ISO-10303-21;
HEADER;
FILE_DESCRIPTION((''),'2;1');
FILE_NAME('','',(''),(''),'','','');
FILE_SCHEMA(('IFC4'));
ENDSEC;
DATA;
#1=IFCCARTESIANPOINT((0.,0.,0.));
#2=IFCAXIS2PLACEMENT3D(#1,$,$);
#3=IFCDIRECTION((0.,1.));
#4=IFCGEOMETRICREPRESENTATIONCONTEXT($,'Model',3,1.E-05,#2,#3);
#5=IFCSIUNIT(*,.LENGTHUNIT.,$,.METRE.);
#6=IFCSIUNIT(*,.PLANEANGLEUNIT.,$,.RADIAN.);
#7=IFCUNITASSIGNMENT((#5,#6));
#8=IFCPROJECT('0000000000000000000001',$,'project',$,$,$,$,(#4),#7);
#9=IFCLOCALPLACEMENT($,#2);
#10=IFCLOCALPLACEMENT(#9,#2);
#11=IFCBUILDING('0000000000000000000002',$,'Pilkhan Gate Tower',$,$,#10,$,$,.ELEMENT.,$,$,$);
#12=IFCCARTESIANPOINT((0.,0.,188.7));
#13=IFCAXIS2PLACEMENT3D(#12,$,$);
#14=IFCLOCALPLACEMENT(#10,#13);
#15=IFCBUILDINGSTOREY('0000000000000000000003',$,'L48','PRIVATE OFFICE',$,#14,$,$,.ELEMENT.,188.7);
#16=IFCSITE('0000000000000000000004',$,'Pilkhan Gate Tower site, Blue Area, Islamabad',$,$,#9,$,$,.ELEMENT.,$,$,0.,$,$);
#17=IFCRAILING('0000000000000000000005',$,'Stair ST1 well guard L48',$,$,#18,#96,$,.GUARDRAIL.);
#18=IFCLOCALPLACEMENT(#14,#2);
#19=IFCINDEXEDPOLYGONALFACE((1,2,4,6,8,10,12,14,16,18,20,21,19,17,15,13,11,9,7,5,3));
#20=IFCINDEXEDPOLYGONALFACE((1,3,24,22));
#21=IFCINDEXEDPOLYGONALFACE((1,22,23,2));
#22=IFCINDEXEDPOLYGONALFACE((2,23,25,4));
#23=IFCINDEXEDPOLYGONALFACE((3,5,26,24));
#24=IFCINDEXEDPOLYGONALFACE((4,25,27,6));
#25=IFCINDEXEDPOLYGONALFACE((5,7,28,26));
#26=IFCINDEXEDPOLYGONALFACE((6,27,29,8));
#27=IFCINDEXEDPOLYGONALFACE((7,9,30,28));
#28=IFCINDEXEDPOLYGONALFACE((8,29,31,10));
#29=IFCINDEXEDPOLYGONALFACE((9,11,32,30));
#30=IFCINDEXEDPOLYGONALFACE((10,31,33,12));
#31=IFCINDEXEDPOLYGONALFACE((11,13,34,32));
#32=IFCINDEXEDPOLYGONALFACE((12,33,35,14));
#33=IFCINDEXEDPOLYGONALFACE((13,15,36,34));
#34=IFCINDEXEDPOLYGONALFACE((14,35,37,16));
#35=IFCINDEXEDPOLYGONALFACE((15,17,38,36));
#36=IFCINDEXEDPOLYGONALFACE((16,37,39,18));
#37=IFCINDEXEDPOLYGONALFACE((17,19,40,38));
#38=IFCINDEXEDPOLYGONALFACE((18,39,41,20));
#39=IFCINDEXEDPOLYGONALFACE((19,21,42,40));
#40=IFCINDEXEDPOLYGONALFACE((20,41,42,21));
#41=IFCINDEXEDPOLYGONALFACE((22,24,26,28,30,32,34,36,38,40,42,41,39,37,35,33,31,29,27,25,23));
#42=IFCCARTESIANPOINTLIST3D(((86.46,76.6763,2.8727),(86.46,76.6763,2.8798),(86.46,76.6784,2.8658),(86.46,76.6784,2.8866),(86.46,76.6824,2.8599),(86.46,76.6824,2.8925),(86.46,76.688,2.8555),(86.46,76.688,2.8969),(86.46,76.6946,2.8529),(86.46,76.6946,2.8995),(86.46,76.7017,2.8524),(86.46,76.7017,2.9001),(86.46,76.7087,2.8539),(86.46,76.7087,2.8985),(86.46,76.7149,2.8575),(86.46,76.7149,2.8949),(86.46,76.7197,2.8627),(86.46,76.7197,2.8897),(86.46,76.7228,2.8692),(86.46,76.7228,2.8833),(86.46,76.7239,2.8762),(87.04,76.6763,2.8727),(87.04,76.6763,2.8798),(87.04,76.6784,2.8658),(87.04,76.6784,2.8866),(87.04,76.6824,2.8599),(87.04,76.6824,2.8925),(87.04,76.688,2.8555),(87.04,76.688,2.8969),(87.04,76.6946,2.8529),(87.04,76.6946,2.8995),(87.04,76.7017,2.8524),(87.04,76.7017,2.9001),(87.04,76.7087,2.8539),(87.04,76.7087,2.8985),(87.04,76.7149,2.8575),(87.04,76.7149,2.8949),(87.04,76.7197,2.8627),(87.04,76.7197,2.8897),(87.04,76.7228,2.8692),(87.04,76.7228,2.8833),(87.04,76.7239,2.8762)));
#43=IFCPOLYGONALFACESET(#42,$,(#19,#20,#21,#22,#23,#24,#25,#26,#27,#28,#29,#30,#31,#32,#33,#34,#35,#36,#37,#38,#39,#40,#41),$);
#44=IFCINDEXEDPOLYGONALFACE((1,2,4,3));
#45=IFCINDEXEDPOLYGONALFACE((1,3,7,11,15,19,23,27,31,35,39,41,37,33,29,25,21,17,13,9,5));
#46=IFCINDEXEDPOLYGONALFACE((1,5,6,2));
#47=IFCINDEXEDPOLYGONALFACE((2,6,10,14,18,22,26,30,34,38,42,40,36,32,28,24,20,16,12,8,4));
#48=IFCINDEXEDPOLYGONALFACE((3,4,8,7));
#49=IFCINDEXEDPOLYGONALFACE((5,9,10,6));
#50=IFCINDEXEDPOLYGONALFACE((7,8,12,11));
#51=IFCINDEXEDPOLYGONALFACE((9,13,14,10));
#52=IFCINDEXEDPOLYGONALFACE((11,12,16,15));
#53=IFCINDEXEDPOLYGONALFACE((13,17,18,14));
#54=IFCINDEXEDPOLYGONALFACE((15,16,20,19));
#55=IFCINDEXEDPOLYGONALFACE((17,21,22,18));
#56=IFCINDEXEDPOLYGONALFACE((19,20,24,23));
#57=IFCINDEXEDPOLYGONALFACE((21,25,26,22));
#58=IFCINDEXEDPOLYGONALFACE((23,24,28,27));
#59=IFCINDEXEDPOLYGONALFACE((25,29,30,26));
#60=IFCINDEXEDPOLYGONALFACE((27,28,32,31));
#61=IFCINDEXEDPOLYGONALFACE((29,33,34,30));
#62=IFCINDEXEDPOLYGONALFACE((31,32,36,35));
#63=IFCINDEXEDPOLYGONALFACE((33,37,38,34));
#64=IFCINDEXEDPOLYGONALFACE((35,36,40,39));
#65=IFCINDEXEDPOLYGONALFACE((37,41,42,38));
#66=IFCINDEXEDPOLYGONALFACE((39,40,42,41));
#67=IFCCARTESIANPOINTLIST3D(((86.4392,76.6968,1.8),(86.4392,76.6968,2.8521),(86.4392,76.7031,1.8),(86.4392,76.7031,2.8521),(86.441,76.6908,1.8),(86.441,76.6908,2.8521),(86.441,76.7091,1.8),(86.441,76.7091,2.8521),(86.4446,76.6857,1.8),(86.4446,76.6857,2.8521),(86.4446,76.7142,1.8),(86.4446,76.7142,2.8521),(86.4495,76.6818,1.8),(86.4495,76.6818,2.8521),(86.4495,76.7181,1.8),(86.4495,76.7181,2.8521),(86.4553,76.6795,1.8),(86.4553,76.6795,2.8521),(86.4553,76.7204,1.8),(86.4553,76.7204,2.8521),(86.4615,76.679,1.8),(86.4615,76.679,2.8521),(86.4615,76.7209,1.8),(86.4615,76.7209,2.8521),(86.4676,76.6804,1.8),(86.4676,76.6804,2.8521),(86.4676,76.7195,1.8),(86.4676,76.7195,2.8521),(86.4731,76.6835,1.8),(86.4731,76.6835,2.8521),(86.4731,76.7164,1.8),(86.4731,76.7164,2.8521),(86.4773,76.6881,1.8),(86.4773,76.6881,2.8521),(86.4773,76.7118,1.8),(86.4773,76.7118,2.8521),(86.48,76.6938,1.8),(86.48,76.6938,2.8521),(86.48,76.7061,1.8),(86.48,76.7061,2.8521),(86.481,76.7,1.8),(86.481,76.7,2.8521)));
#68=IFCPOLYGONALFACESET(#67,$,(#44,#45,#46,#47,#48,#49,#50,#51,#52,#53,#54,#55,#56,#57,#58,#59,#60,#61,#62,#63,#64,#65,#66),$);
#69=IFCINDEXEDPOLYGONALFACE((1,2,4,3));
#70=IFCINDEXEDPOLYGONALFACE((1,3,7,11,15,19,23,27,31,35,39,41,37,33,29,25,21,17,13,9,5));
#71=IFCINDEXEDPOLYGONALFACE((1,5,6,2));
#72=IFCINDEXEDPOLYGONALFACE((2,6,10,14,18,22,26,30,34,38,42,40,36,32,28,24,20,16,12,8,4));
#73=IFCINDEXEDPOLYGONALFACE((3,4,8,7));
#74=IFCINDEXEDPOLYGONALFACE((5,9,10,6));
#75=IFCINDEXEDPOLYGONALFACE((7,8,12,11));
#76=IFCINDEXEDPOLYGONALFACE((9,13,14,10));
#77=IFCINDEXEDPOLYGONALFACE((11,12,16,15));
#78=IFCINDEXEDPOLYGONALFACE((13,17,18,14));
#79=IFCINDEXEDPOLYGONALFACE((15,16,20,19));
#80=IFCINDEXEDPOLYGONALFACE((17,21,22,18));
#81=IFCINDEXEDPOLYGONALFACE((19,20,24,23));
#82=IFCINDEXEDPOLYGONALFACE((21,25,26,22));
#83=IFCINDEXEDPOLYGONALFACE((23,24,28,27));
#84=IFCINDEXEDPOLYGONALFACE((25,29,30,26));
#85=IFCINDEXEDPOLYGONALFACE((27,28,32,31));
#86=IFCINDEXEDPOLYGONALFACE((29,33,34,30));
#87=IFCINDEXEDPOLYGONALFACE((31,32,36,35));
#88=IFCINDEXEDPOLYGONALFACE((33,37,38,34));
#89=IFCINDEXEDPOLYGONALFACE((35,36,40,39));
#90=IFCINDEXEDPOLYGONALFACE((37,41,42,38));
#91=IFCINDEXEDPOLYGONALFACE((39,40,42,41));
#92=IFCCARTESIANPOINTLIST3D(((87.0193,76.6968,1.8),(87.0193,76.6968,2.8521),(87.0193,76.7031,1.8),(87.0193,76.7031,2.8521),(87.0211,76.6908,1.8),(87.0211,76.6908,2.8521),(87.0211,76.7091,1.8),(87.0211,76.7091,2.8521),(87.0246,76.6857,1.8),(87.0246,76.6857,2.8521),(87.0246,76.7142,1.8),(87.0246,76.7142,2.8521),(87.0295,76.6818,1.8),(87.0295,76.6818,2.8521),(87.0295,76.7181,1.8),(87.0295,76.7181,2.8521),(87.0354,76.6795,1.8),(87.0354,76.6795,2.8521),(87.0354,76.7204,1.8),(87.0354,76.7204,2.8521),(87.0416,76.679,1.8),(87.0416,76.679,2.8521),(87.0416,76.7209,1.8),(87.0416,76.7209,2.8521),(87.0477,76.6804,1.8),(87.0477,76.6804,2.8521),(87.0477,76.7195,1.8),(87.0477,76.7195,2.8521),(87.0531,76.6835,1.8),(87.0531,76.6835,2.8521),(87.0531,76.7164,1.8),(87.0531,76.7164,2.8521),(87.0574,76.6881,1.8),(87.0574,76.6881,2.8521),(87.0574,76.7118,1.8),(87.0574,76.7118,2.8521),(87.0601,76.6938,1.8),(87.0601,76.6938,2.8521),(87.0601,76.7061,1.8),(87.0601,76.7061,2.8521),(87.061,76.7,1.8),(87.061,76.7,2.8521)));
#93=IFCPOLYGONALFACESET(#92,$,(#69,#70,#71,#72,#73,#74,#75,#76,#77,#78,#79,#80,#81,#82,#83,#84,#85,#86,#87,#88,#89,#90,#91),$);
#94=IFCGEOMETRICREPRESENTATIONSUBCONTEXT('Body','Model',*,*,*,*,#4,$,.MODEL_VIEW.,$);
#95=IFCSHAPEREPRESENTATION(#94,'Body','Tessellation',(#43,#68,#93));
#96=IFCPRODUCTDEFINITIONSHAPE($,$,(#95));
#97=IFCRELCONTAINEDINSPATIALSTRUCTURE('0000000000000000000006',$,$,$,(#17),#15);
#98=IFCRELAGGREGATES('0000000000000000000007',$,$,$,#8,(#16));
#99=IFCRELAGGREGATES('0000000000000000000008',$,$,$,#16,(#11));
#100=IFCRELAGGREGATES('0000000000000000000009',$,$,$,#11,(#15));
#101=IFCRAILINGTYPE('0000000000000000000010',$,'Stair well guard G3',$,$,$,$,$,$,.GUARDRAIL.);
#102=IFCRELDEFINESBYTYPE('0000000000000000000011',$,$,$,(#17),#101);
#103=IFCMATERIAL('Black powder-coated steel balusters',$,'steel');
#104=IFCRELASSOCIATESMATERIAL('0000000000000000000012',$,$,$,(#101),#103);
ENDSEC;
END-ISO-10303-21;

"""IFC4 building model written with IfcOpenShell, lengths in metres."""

from ifc_helpers import new_model, si_unit, direction, frame, origin, origin_2d, place, context, subcontext, project, spatial, circle, extrude, material, type_object, element, save


model = new_model("IFC4")

# Units and contexts
model_context = context("Model", 3, precision=1e-05, world=origin(), true_north=direction((0.0, 1.0)))
body_context = subcontext(model_context, "Body", "Model", "MODEL_VIEW")
ifc_project = project(units=[si_unit("LENGTHUNIT", "METRE"), si_unit("PLANEANGLEUNIT", "RADIAN")], contexts=[model_context])

# Site, building, storey
site_placement = place(None, origin())
site = spatial("IfcSite", under=ifc_project, at=site_placement, Name="Pilkhan Gate Tower site, Blue Area, Islamabad", CompositionType="ELEMENT", RefElevation=0.0)
building_placement = place(site_placement, origin())
building = spatial("IfcBuilding", under=site, at=building_placement, Name="Pilkhan Gate Tower", CompositionType="ELEMENT")
storey_placement = place(building_placement, frame((0.0, 0.0, 188.7)))
storey = spatial("IfcBuildingStorey", under=building, at=storey_placement, Name="L48", Description="PRIVATE OFFICE", CompositionType="ELEMENT", Elevation=188.7)

# Railing
ifc_material_1 = material(Name="Black powder-coated steel balusters", Category="steel")
railing_type_1 = type_object("IfcRailingType", Name="Stair well guard G3", PredefinedType="GUARDRAIL", material=ifc_material_1)
for number, where, name in (
    (1, (86.46, 76.7, 1.8), "Stair ST1 well guard L48"),
):
    element("IfcRailing", number, at=place(storey_placement, frame(where)), inside=storey, type_object=railing_type_1, Name=name, PredefinedType="GUARDRAIL", context=body_context, shape_type="SweptSolid", body=[
        extrude(circle(Radius=0.0239, at=origin_2d()), frame((0.0, 0.0, 1.0762), z_axis=(1.0, 0.0, 0.0), x_axis=(0.0, 1.0, 0.0)), (0.0, 0.0, 1.0), 0.5801),
        extrude(circle(Radius=0.021, at=origin_2d()), origin(), (0.0, 0.0, 1.0), 1.052),
        extrude(circle(Radius=0.021, at=origin_2d()), frame((0.5801, 0.0, 0.0)), (0.0, 0.0, 1.0), 1.052),
    ])

save(model, "model.ifc")
